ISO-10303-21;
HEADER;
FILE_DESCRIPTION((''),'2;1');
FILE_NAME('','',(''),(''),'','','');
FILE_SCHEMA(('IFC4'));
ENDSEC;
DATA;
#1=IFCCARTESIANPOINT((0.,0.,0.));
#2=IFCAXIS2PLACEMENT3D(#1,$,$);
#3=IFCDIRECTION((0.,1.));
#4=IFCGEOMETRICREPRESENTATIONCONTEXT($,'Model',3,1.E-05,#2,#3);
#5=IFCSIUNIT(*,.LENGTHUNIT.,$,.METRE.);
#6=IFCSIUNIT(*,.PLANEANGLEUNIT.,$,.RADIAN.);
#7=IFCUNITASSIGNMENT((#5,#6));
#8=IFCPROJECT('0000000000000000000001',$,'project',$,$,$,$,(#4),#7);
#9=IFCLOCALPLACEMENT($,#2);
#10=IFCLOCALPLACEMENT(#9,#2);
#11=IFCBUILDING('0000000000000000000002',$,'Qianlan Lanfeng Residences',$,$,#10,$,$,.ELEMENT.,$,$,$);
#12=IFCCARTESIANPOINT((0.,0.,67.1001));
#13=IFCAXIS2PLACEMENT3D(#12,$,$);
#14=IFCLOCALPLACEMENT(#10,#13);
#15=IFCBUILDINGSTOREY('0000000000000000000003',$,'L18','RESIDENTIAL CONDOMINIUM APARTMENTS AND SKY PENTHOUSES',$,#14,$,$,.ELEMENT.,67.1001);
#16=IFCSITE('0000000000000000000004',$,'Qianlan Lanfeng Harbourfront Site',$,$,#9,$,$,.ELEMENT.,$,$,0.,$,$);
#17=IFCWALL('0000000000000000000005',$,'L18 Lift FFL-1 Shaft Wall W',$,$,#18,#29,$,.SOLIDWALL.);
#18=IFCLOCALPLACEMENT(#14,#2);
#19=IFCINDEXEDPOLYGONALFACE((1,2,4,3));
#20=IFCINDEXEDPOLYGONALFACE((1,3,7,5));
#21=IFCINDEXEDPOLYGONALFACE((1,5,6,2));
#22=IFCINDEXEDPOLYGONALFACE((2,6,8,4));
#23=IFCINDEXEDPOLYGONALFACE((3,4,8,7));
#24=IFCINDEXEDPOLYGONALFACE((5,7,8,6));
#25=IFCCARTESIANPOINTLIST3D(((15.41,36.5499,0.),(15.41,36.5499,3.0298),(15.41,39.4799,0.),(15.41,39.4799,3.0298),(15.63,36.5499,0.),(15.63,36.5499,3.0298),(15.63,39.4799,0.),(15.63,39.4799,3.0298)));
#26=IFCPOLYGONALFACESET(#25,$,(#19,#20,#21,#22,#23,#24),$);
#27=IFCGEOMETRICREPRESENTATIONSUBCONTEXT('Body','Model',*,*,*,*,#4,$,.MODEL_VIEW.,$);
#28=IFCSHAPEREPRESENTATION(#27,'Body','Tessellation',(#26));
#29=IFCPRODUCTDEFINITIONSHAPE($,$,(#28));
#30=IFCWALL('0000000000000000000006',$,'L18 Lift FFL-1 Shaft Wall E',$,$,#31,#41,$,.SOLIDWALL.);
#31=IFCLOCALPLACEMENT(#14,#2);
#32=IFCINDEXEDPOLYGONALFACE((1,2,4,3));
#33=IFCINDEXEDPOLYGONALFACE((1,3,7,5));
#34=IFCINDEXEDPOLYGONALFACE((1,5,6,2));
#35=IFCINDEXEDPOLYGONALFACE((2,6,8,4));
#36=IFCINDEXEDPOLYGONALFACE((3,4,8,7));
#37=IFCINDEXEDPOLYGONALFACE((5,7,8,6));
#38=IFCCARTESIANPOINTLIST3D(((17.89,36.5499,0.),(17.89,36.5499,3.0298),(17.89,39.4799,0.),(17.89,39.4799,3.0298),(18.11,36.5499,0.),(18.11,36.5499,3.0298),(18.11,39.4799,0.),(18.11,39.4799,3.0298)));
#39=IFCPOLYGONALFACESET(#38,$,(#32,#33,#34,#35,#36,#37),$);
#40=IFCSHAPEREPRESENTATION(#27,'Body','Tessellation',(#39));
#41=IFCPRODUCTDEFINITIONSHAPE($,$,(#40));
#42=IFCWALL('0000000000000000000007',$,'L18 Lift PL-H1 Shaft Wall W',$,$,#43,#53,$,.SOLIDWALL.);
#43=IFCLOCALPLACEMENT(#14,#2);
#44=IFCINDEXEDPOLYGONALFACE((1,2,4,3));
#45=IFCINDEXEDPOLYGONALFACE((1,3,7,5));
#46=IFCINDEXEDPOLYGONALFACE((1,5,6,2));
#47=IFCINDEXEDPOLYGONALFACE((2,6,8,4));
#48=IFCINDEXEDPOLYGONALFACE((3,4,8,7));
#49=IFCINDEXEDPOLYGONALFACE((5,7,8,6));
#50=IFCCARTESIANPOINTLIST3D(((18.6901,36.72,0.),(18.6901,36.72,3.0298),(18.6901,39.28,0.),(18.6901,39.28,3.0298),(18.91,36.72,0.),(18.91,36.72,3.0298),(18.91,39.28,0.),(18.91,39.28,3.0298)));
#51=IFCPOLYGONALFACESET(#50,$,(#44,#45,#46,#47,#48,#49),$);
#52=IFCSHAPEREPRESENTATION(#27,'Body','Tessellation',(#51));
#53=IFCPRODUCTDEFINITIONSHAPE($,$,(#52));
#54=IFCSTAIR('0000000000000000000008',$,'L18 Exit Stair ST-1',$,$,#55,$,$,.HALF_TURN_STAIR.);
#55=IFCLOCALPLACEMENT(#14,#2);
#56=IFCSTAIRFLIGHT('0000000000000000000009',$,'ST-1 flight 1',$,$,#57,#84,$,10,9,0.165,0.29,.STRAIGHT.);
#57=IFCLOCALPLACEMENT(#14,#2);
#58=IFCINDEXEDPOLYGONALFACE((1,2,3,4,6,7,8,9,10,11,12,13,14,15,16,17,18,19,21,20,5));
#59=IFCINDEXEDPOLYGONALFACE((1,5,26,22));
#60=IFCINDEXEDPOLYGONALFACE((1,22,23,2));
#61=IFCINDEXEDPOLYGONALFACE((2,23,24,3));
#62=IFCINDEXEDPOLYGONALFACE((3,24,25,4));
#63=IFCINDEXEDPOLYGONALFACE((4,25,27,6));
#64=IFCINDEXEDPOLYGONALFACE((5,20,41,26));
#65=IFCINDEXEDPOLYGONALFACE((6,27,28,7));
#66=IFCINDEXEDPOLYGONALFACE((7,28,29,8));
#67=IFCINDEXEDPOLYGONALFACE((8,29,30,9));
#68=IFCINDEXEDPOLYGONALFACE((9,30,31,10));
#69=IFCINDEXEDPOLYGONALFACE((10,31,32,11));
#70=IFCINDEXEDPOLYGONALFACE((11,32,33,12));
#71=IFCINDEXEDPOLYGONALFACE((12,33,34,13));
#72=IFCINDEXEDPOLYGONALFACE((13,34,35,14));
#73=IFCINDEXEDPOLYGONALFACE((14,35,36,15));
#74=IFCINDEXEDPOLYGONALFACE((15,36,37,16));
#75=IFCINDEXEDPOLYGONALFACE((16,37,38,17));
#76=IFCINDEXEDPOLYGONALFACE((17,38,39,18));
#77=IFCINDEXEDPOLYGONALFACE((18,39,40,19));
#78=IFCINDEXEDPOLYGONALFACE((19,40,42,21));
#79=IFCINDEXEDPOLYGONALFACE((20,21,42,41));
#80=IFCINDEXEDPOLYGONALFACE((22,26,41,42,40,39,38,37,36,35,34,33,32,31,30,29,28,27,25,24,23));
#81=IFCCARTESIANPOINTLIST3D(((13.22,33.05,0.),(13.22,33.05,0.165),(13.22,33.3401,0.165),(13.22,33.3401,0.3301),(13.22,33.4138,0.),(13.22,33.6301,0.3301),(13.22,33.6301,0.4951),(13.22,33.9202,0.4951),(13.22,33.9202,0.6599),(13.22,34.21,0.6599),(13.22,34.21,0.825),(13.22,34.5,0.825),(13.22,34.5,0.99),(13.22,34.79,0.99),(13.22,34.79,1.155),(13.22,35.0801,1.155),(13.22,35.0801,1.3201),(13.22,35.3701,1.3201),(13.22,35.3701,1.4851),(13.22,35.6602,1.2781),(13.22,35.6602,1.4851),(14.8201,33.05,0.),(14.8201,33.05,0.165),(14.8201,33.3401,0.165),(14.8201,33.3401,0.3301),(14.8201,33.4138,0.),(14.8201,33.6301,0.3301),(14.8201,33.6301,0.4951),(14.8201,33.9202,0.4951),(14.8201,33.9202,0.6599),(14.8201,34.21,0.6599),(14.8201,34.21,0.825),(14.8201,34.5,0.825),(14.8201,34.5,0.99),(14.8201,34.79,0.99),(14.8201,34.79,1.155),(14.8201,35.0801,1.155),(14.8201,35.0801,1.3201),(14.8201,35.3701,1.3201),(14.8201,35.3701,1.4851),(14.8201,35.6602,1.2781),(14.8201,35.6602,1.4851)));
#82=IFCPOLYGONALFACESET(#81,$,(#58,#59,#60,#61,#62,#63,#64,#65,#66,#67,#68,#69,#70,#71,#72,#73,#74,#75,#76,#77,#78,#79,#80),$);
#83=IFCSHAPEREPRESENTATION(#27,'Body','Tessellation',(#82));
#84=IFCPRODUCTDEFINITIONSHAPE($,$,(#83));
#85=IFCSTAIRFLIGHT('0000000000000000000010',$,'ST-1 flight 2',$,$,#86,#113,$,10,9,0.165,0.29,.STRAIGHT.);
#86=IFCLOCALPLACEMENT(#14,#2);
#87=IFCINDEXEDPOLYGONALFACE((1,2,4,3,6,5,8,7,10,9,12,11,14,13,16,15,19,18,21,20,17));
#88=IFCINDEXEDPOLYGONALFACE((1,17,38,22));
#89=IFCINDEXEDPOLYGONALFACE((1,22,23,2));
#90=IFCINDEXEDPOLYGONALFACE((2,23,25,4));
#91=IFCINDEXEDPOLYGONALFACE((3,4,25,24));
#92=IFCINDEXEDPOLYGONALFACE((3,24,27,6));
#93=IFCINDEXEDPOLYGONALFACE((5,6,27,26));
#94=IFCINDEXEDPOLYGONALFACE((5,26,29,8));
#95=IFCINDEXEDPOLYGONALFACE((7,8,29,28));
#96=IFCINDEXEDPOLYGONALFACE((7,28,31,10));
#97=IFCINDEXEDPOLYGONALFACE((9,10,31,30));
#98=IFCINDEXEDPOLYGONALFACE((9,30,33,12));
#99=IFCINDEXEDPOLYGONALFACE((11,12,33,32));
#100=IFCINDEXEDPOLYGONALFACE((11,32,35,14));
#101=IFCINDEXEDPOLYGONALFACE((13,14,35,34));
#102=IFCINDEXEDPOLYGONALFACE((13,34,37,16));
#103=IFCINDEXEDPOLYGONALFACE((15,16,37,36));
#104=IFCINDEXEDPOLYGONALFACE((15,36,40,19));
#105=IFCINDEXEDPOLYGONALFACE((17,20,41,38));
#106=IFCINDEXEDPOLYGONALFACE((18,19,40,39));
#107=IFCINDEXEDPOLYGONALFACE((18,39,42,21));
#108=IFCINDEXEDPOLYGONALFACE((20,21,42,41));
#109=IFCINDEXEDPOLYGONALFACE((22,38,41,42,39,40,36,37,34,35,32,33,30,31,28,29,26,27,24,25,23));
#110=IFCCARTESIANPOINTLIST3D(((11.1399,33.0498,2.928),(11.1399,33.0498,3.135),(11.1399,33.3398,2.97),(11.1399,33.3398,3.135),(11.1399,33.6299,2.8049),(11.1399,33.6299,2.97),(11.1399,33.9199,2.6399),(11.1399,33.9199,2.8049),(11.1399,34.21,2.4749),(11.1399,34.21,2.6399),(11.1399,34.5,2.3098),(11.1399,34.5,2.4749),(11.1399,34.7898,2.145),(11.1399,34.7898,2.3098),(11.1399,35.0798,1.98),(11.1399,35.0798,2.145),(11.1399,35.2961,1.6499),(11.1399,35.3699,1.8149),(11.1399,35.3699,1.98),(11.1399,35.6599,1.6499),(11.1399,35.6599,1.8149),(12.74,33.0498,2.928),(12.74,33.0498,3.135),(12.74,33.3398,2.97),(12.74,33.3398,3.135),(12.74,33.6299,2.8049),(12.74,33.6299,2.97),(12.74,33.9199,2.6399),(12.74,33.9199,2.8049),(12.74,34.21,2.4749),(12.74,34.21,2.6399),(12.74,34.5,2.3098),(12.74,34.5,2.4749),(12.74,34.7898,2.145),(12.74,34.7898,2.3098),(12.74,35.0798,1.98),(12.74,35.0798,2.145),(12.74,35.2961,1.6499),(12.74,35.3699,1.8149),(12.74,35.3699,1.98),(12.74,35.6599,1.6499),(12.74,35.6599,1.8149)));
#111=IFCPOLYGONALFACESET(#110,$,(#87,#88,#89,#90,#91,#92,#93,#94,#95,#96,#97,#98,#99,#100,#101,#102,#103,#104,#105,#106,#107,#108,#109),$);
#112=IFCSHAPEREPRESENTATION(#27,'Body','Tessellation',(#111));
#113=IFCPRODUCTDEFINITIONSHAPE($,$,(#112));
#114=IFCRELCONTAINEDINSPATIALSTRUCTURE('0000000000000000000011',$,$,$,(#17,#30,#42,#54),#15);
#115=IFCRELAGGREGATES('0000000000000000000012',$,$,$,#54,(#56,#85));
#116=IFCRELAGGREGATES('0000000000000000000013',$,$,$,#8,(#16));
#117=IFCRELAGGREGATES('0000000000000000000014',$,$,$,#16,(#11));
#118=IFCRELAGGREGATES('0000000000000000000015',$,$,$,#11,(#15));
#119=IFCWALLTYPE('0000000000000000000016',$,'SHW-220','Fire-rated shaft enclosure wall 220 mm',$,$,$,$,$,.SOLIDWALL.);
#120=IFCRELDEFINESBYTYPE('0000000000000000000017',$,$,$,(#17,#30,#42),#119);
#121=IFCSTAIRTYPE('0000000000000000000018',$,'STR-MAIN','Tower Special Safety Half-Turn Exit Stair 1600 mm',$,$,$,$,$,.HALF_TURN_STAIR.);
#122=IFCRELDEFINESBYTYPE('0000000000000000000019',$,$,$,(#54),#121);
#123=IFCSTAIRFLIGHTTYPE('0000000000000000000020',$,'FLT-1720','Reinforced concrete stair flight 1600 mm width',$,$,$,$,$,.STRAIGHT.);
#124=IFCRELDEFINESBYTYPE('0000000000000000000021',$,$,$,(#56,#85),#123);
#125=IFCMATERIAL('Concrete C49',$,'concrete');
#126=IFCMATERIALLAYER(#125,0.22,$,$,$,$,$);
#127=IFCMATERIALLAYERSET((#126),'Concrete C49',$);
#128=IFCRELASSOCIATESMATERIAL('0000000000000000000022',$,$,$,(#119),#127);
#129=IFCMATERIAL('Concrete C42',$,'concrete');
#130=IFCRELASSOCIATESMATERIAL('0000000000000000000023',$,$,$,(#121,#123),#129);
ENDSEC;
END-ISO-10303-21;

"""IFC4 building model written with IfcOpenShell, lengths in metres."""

from ifc_helpers import new_model, si_unit, direction, frame, frame_2d, origin, place, context, subcontext, project, spatial, polyline, rectangle, outline, extrude, material, layer, layer_set, type_object, element, aggregate, save


model = new_model("IFC4")

# Units and contexts
model_context = context("Model", 3, precision=1e-05, world=origin(), true_north=direction((0.0, 1.0)))
body_context = subcontext(model_context, "Body", "Model", "MODEL_VIEW")
ifc_project = project(units=[si_unit("LENGTHUNIT", "METRE"), si_unit("PLANEANGLEUNIT", "RADIAN")], contexts=[model_context])

# Site, building, storey
site_placement = place(None, origin())
site = spatial("IfcSite", under=ifc_project, at=site_placement, Name="Qianlan Lanfeng Harbourfront Site", CompositionType="ELEMENT", RefElevation=0.0)
building_placement = place(site_placement, origin())
building = spatial("IfcBuilding", under=site, at=building_placement, Name="Qianlan Lanfeng Residences", CompositionType="ELEMENT")
storey_placement = place(building_placement, frame((0.0, 0.0, 67.1001)))
storey = spatial("IfcBuildingStorey", under=building, at=storey_placement, Name="L18", Description="RESIDENTIAL CONDOMINIUM APARTMENTS AND SKY PENTHOUSES", CompositionType="ELEMENT", Elevation=67.1001)

# Walls
ifc_material_1 = material(Name="Concrete C49", Category="concrete")
ifc_layer_1 = layer(ifc_material_1, 0.22)
ifc_layer_set_1 = layer_set([ifc_layer_1], Name="Concrete C49")
wall_type_1 = type_object("IfcWallType", Name="SHW-220", Description="Fire-rated shaft enclosure wall 220 mm", PredefinedType="SOLIDWALL", material=ifc_layer_set_1)
for number, where, z_axis, x_axis, name in (
    (1, (15.52, 36.55, 0.0), (0.0, 0.0, 1.0), (0.0, 1.0, 0.0), "L18 Lift FFL-1 Shaft Wall W"),
    (2, (18.0, 36.55, 0.0), (0.0, 0.0, 1.0), (0.0, 1.0, 0.0), "L18 Lift FFL-1 Shaft Wall E"),
):
    element("IfcWall", number, at=place(storey_placement, frame(where, z_axis=z_axis, x_axis=x_axis)), inside=storey, type_object=wall_type_1, Name=name, PredefinedType="SOLIDWALL", context=body_context, shape_type="SweptSolid", body=[
        extrude(rectangle(XDim=2.9299, YDim=0.22, at=frame_2d((1.4648, 0.0))), origin(), (0.0, 0.0, 1.0), 3.0298),
    ])
wall_1_placement = place(storey_placement, frame((18.8, 36.72, 0.0), z_axis=(0.0, 0.0, 1.0), x_axis=(0.0, 1.0, 0.0)))
element("IfcWall", 3, at=wall_1_placement, inside=storey, type_object=wall_type_1, Name="L18 Lift PL-H1 Shaft Wall W", PredefinedType="SOLIDWALL", context=body_context, shape_type="SweptSolid", body=[
    extrude(rectangle(XDim=2.5601, YDim=0.22, at=frame_2d((1.28, 0.0))), origin(), (0.0, 0.0, 1.0), 3.0298),
])

# Stair, stair flights
ifc_material_2 = material(Name="Concrete C42", Category="concrete")
stair_type = type_object("IfcStairType", Name="STR-MAIN", Description="Tower Special Safety Half-Turn Exit Stair 1600 mm", PredefinedType="HALF_TURN_STAIR", material=ifc_material_2)
stair_placement = place(storey_placement, origin())
stair = element("IfcStair", 4, at=stair_placement, inside=storey, type_object=stair_type, Name="L18 Exit Stair ST-1", PredefinedType="HALF_TURN_STAIR")
stair_flight_type = type_object("IfcStairFlightType", Name="FLT-1720", Description="Reinforced concrete stair flight 1600 mm width", PredefinedType="STRAIGHT", material=ifc_material_2)
stair_flight_1_placement = place(storey_placement, frame((14.02, 33.05, 0.0), z_axis=(0.0, 0.0, 1.0), x_axis=(0.0, 1.0, 0.0)))
stair_flight_1 = element("IfcStairFlight", 5, at=stair_flight_1_placement, type_object=stair_flight_type, Name="ST-1 flight 1", NumberOfRisers=10, NumberOfTreads=9, PredefinedType="STRAIGHT", RiserHeight=0.165, TreadLength=0.29, context=body_context, shape_type="SweptSolid", body=[
    extrude(outline(polyline([(0.0, 0.0), (0.0, 0.165), (0.29, 0.165), (0.29, 0.3301), (0.5801, 0.3301), (0.5801, 0.4951), (0.8701, 0.4951), (0.8701, 0.6599), (1.1599, 0.6599), (1.1599, 0.825), (1.45, 0.825), (1.45, 0.99), (1.74, 0.99), (1.74, 1.155), (2.03, 1.155), (2.03, 1.3201), (2.3201, 1.3201), (2.3201, 1.4851), (2.6101, 1.4851), (2.6101, 1.6499), (2.6101, 1.2781), (0.3638, 0.0), (0.0, 0.0)])), frame((0.0, 0.8, 0.0), z_axis=(0.0, -1.0, 0.0), x_axis=(1.0, 0.0, 0.0)), (0.0, 0.0, 1.0), 1.6001),
])
stair_flight_2_placement = place(storey_placement, frame((11.9399, 35.6599, 1.6499), z_axis=(0.0, 0.0, 1.0), x_axis=(0.0, -1.0, 0.0)))
stair_flight_2 = element("IfcStairFlight", 6, at=stair_flight_2_placement, type_object=stair_flight_type, Name="ST-1 flight 2", NumberOfRisers=10, NumberOfTreads=9, PredefinedType="STRAIGHT", RiserHeight=0.165, TreadLength=0.29, context=body_context, shape_type="SweptSolid", body=[
    extrude(outline(polyline([(0.0, 0.0), (0.0, 0.165), (0.29, 0.165), (0.29, 0.3301), (0.5801, 0.3301), (0.5801, 0.4951), (0.8701, 0.4951), (0.8701, 0.6599), (1.1599, 0.6599), (1.1599, 0.825), (1.45, 0.825), (1.45, 0.99), (1.74, 0.99), (1.74, 1.155), (2.03, 1.155), (2.03, 1.3201), (2.3201, 1.3201), (2.3201, 1.4851), (2.6101, 1.4851), (2.6101, 1.6499), (2.6101, 1.2781), (0.3638, 0.0), (0.0, 0.0)])), frame((0.0, 0.8, 0.0), z_axis=(0.0, -1.0, 0.0), x_axis=(1.0, 0.0, 0.0)), (0.0, 0.0, 1.0), 1.6001),
])
aggregate(stair, [stair_flight_1, stair_flight_2])

save(model, "model.ifc")
